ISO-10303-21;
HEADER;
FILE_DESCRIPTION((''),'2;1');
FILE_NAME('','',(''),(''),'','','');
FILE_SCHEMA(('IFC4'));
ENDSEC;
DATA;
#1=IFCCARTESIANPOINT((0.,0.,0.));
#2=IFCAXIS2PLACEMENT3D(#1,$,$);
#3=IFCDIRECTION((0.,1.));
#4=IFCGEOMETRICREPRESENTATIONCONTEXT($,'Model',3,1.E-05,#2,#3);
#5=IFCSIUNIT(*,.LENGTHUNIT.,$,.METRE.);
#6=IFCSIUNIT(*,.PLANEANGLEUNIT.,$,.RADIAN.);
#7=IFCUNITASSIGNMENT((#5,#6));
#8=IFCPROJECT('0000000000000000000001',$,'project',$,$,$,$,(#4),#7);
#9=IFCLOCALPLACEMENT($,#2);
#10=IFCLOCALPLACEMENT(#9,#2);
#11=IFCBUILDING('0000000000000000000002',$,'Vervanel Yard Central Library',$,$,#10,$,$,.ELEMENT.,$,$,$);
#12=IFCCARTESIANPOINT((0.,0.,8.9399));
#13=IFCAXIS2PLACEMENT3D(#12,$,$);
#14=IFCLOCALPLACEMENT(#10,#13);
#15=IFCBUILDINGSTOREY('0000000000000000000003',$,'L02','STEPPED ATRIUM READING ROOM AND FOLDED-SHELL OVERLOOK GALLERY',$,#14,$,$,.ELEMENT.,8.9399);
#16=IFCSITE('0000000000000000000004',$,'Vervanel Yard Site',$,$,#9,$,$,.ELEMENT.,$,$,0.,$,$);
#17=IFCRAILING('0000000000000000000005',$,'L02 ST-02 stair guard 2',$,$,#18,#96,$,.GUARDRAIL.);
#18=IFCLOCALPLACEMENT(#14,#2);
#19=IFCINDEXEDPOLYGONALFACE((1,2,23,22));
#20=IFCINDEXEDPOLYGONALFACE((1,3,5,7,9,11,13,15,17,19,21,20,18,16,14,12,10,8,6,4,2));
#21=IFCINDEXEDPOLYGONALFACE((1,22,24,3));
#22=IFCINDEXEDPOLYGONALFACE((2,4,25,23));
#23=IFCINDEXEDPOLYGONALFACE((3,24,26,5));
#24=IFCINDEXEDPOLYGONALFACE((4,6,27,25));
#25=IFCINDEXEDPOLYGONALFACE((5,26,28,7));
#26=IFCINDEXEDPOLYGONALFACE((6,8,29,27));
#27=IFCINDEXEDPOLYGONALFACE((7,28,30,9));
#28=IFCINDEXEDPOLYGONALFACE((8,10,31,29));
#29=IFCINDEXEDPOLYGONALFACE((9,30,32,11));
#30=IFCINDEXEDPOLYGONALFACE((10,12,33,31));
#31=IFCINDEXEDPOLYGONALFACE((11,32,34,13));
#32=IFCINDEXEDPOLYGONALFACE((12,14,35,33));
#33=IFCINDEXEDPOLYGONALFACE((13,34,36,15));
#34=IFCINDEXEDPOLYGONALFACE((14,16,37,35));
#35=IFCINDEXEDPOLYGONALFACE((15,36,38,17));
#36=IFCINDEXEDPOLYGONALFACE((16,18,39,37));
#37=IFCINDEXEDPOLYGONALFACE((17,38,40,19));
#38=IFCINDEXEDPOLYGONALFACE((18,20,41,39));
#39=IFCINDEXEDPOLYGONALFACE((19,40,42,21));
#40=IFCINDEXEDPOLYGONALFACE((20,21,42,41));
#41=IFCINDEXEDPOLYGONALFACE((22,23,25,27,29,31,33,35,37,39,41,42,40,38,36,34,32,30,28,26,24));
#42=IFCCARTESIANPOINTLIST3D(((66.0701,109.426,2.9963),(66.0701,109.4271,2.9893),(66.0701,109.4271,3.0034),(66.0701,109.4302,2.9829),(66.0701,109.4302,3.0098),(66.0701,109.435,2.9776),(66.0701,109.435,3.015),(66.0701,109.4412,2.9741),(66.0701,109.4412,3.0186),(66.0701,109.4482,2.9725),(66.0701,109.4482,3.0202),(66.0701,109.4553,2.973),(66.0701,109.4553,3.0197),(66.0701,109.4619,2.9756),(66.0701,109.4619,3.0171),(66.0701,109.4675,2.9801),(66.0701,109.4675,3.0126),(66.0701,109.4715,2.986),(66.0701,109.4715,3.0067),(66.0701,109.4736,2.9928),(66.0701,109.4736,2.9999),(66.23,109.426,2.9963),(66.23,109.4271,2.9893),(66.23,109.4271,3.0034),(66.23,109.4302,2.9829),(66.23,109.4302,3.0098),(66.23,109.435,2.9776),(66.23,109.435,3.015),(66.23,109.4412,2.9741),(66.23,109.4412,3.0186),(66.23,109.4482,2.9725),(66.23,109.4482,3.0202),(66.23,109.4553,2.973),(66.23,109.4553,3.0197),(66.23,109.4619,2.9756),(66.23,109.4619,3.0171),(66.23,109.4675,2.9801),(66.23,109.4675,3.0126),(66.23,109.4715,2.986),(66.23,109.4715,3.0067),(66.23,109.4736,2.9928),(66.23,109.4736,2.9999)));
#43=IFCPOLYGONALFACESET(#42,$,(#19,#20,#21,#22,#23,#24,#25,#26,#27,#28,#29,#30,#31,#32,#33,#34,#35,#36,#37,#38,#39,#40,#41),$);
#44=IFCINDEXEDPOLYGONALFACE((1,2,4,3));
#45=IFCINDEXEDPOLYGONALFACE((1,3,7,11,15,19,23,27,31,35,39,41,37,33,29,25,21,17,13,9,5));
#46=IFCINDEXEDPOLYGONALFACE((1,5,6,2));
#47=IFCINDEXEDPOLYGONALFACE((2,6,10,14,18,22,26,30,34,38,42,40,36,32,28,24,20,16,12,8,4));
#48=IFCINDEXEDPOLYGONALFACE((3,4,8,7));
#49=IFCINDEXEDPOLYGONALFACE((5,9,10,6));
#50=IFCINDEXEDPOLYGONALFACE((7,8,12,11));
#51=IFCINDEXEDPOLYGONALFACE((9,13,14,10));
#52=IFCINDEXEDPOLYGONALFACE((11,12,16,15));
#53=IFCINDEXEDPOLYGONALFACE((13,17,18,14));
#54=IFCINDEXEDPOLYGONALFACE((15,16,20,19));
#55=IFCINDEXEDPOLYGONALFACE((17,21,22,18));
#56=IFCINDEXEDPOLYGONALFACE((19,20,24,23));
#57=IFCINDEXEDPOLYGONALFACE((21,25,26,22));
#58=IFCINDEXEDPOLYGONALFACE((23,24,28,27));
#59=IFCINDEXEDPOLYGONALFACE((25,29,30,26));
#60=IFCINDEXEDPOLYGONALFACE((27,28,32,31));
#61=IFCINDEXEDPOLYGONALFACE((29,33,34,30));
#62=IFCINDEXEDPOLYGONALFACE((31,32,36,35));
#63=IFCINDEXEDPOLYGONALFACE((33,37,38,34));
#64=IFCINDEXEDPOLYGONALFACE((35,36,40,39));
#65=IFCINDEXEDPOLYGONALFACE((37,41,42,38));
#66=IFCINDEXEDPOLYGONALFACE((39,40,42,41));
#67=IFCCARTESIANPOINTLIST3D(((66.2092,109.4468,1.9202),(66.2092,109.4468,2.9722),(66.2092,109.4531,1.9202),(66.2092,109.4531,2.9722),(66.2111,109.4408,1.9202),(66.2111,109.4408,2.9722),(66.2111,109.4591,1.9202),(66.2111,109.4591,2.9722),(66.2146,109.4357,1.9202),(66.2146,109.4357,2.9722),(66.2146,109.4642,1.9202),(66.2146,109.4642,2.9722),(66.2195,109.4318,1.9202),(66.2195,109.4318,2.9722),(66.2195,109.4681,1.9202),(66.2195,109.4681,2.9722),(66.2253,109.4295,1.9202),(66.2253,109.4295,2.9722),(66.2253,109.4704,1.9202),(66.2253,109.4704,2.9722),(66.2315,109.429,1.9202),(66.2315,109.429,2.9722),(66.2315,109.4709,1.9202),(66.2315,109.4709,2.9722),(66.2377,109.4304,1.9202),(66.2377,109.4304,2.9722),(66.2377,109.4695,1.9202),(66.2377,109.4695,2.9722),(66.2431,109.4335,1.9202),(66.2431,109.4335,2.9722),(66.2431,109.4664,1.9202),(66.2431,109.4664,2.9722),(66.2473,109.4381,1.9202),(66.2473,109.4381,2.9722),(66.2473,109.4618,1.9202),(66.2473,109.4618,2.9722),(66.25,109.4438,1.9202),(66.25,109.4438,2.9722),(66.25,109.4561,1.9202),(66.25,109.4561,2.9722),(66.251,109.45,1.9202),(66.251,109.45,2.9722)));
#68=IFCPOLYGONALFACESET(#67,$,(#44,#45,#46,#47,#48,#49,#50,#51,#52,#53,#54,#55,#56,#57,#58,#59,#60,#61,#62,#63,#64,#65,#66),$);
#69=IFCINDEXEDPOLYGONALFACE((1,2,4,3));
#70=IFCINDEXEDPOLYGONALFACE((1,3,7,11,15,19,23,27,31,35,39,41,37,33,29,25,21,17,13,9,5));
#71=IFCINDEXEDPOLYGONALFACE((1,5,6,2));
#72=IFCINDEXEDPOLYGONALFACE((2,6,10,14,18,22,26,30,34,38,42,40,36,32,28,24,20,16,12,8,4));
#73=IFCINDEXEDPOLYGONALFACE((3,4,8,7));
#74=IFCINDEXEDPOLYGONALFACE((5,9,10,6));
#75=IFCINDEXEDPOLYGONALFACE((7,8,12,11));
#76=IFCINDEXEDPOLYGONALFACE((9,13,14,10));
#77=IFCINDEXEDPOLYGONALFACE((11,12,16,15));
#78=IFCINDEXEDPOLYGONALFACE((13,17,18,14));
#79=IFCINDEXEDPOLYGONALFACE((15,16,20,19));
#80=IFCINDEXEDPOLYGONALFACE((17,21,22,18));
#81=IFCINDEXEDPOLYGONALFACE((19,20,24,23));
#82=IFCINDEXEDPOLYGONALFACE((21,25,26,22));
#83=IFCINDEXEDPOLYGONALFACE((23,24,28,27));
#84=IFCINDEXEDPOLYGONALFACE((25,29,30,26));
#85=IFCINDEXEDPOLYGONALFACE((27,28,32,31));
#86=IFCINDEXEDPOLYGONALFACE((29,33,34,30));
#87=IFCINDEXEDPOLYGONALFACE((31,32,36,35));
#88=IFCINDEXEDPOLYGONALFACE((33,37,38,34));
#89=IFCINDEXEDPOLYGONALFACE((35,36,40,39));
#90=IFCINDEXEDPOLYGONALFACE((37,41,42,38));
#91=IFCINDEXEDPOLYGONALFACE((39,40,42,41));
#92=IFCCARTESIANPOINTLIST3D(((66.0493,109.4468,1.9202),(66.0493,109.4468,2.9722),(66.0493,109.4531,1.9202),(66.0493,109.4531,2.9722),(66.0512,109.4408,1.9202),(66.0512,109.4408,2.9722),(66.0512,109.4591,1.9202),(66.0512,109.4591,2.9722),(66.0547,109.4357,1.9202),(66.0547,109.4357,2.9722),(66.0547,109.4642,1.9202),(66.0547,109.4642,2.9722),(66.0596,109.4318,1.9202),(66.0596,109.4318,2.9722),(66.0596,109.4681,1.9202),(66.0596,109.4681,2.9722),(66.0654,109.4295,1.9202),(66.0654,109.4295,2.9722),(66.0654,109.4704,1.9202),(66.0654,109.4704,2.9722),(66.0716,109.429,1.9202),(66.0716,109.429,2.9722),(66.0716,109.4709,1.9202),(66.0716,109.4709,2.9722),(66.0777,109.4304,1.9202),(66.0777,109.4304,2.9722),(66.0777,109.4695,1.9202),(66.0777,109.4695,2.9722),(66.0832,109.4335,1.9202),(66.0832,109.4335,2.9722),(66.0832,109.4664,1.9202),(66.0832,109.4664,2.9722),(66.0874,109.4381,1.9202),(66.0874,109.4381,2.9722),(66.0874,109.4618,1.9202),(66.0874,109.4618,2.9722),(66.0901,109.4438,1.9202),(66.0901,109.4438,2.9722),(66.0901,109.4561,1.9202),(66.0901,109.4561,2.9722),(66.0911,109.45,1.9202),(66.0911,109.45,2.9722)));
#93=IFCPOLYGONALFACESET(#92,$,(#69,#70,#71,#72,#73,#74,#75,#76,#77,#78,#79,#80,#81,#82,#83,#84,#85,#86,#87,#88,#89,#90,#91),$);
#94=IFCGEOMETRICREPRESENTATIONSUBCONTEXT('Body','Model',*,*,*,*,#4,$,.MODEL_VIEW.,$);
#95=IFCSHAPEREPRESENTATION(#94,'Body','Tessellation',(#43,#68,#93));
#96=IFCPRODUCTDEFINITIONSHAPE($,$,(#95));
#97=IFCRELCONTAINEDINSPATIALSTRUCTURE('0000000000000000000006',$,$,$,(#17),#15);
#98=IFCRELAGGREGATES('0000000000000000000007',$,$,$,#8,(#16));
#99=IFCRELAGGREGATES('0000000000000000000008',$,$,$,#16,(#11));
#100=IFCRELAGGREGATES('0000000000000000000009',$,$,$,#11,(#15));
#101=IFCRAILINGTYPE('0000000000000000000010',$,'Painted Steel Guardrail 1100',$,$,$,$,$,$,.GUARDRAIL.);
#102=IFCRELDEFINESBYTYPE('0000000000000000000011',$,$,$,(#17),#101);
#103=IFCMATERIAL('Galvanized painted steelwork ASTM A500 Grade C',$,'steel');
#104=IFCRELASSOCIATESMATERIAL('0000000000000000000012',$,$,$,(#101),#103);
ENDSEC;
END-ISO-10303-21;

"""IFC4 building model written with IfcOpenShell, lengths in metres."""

from ifc_helpers import new_model, si_unit, direction, frame, origin, origin_2d, place, context, subcontext, project, spatial, circle, extrude, material, type_object, element, save


model = new_model("IFC4")

# Units and contexts
model_context = context("Model", 3, precision=1e-05, world=origin(), true_north=direction((0.0, 1.0)))
body_context = subcontext(model_context, "Body", "Model", "MODEL_VIEW")
ifc_project = project(units=[si_unit("LENGTHUNIT", "METRE"), si_unit("PLANEANGLEUNIT", "RADIAN")], contexts=[model_context])

# Site, building, storey
site_placement = place(None, origin())
site = spatial("IfcSite", under=ifc_project, at=site_placement, Name="Vervanel Yard Site", CompositionType="ELEMENT", RefElevation=0.0)
building_placement = place(site_placement, origin())
building = spatial("IfcBuilding", under=site, at=building_placement, Name="Vervanel Yard Central Library", CompositionType="ELEMENT")
storey_placement = place(building_placement, frame((0.0, 0.0, 8.9399)))
storey = spatial("IfcBuildingStorey", under=building, at=storey_placement, Name="L02", Description="STEPPED ATRIUM READING ROOM AND FOLDED-SHELL OVERLOOK GALLERY", CompositionType="ELEMENT", Elevation=8.9399)

# Shared definitions
ifc_material_1 = material(Name="Galvanized painted steelwork ASTM A500 Grade C", Category="steel")

# Railing
railing_type_1 = type_object("IfcRailingType", Name="Painted Steel Guardrail 1100", PredefinedType="GUARDRAIL", material=ifc_material_1)
railing_1_placement = place(storey_placement, frame((66.23, 109.45, 1.9202)))
element("IfcRailing", 1, at=railing_1_placement, inside=storey, type_object=railing_type_1, Name="L02 ST-02 stair guard 2", PredefinedType="GUARDRAIL", context=body_context, shape_type="SweptSolid", body=[
    extrude(circle(Radius=0.0239, at=origin_2d()), frame((0.0, 0.0, 1.0762), z_axis=(-1.0, 0.0, 0.0), x_axis=(0.0, -1.0, 0.0)), (0.0, 0.0, 1.0), 0.1599),
    extrude(circle(Radius=0.021, at=origin_2d()), origin(), (0.0, 0.0, 1.0), 1.052),
    extrude(circle(Radius=0.021, at=origin_2d()), frame((-0.1599, 0.0, 0.0)), (0.0, 0.0, 1.0), 1.052),
])

save(model, "model.ifc")
